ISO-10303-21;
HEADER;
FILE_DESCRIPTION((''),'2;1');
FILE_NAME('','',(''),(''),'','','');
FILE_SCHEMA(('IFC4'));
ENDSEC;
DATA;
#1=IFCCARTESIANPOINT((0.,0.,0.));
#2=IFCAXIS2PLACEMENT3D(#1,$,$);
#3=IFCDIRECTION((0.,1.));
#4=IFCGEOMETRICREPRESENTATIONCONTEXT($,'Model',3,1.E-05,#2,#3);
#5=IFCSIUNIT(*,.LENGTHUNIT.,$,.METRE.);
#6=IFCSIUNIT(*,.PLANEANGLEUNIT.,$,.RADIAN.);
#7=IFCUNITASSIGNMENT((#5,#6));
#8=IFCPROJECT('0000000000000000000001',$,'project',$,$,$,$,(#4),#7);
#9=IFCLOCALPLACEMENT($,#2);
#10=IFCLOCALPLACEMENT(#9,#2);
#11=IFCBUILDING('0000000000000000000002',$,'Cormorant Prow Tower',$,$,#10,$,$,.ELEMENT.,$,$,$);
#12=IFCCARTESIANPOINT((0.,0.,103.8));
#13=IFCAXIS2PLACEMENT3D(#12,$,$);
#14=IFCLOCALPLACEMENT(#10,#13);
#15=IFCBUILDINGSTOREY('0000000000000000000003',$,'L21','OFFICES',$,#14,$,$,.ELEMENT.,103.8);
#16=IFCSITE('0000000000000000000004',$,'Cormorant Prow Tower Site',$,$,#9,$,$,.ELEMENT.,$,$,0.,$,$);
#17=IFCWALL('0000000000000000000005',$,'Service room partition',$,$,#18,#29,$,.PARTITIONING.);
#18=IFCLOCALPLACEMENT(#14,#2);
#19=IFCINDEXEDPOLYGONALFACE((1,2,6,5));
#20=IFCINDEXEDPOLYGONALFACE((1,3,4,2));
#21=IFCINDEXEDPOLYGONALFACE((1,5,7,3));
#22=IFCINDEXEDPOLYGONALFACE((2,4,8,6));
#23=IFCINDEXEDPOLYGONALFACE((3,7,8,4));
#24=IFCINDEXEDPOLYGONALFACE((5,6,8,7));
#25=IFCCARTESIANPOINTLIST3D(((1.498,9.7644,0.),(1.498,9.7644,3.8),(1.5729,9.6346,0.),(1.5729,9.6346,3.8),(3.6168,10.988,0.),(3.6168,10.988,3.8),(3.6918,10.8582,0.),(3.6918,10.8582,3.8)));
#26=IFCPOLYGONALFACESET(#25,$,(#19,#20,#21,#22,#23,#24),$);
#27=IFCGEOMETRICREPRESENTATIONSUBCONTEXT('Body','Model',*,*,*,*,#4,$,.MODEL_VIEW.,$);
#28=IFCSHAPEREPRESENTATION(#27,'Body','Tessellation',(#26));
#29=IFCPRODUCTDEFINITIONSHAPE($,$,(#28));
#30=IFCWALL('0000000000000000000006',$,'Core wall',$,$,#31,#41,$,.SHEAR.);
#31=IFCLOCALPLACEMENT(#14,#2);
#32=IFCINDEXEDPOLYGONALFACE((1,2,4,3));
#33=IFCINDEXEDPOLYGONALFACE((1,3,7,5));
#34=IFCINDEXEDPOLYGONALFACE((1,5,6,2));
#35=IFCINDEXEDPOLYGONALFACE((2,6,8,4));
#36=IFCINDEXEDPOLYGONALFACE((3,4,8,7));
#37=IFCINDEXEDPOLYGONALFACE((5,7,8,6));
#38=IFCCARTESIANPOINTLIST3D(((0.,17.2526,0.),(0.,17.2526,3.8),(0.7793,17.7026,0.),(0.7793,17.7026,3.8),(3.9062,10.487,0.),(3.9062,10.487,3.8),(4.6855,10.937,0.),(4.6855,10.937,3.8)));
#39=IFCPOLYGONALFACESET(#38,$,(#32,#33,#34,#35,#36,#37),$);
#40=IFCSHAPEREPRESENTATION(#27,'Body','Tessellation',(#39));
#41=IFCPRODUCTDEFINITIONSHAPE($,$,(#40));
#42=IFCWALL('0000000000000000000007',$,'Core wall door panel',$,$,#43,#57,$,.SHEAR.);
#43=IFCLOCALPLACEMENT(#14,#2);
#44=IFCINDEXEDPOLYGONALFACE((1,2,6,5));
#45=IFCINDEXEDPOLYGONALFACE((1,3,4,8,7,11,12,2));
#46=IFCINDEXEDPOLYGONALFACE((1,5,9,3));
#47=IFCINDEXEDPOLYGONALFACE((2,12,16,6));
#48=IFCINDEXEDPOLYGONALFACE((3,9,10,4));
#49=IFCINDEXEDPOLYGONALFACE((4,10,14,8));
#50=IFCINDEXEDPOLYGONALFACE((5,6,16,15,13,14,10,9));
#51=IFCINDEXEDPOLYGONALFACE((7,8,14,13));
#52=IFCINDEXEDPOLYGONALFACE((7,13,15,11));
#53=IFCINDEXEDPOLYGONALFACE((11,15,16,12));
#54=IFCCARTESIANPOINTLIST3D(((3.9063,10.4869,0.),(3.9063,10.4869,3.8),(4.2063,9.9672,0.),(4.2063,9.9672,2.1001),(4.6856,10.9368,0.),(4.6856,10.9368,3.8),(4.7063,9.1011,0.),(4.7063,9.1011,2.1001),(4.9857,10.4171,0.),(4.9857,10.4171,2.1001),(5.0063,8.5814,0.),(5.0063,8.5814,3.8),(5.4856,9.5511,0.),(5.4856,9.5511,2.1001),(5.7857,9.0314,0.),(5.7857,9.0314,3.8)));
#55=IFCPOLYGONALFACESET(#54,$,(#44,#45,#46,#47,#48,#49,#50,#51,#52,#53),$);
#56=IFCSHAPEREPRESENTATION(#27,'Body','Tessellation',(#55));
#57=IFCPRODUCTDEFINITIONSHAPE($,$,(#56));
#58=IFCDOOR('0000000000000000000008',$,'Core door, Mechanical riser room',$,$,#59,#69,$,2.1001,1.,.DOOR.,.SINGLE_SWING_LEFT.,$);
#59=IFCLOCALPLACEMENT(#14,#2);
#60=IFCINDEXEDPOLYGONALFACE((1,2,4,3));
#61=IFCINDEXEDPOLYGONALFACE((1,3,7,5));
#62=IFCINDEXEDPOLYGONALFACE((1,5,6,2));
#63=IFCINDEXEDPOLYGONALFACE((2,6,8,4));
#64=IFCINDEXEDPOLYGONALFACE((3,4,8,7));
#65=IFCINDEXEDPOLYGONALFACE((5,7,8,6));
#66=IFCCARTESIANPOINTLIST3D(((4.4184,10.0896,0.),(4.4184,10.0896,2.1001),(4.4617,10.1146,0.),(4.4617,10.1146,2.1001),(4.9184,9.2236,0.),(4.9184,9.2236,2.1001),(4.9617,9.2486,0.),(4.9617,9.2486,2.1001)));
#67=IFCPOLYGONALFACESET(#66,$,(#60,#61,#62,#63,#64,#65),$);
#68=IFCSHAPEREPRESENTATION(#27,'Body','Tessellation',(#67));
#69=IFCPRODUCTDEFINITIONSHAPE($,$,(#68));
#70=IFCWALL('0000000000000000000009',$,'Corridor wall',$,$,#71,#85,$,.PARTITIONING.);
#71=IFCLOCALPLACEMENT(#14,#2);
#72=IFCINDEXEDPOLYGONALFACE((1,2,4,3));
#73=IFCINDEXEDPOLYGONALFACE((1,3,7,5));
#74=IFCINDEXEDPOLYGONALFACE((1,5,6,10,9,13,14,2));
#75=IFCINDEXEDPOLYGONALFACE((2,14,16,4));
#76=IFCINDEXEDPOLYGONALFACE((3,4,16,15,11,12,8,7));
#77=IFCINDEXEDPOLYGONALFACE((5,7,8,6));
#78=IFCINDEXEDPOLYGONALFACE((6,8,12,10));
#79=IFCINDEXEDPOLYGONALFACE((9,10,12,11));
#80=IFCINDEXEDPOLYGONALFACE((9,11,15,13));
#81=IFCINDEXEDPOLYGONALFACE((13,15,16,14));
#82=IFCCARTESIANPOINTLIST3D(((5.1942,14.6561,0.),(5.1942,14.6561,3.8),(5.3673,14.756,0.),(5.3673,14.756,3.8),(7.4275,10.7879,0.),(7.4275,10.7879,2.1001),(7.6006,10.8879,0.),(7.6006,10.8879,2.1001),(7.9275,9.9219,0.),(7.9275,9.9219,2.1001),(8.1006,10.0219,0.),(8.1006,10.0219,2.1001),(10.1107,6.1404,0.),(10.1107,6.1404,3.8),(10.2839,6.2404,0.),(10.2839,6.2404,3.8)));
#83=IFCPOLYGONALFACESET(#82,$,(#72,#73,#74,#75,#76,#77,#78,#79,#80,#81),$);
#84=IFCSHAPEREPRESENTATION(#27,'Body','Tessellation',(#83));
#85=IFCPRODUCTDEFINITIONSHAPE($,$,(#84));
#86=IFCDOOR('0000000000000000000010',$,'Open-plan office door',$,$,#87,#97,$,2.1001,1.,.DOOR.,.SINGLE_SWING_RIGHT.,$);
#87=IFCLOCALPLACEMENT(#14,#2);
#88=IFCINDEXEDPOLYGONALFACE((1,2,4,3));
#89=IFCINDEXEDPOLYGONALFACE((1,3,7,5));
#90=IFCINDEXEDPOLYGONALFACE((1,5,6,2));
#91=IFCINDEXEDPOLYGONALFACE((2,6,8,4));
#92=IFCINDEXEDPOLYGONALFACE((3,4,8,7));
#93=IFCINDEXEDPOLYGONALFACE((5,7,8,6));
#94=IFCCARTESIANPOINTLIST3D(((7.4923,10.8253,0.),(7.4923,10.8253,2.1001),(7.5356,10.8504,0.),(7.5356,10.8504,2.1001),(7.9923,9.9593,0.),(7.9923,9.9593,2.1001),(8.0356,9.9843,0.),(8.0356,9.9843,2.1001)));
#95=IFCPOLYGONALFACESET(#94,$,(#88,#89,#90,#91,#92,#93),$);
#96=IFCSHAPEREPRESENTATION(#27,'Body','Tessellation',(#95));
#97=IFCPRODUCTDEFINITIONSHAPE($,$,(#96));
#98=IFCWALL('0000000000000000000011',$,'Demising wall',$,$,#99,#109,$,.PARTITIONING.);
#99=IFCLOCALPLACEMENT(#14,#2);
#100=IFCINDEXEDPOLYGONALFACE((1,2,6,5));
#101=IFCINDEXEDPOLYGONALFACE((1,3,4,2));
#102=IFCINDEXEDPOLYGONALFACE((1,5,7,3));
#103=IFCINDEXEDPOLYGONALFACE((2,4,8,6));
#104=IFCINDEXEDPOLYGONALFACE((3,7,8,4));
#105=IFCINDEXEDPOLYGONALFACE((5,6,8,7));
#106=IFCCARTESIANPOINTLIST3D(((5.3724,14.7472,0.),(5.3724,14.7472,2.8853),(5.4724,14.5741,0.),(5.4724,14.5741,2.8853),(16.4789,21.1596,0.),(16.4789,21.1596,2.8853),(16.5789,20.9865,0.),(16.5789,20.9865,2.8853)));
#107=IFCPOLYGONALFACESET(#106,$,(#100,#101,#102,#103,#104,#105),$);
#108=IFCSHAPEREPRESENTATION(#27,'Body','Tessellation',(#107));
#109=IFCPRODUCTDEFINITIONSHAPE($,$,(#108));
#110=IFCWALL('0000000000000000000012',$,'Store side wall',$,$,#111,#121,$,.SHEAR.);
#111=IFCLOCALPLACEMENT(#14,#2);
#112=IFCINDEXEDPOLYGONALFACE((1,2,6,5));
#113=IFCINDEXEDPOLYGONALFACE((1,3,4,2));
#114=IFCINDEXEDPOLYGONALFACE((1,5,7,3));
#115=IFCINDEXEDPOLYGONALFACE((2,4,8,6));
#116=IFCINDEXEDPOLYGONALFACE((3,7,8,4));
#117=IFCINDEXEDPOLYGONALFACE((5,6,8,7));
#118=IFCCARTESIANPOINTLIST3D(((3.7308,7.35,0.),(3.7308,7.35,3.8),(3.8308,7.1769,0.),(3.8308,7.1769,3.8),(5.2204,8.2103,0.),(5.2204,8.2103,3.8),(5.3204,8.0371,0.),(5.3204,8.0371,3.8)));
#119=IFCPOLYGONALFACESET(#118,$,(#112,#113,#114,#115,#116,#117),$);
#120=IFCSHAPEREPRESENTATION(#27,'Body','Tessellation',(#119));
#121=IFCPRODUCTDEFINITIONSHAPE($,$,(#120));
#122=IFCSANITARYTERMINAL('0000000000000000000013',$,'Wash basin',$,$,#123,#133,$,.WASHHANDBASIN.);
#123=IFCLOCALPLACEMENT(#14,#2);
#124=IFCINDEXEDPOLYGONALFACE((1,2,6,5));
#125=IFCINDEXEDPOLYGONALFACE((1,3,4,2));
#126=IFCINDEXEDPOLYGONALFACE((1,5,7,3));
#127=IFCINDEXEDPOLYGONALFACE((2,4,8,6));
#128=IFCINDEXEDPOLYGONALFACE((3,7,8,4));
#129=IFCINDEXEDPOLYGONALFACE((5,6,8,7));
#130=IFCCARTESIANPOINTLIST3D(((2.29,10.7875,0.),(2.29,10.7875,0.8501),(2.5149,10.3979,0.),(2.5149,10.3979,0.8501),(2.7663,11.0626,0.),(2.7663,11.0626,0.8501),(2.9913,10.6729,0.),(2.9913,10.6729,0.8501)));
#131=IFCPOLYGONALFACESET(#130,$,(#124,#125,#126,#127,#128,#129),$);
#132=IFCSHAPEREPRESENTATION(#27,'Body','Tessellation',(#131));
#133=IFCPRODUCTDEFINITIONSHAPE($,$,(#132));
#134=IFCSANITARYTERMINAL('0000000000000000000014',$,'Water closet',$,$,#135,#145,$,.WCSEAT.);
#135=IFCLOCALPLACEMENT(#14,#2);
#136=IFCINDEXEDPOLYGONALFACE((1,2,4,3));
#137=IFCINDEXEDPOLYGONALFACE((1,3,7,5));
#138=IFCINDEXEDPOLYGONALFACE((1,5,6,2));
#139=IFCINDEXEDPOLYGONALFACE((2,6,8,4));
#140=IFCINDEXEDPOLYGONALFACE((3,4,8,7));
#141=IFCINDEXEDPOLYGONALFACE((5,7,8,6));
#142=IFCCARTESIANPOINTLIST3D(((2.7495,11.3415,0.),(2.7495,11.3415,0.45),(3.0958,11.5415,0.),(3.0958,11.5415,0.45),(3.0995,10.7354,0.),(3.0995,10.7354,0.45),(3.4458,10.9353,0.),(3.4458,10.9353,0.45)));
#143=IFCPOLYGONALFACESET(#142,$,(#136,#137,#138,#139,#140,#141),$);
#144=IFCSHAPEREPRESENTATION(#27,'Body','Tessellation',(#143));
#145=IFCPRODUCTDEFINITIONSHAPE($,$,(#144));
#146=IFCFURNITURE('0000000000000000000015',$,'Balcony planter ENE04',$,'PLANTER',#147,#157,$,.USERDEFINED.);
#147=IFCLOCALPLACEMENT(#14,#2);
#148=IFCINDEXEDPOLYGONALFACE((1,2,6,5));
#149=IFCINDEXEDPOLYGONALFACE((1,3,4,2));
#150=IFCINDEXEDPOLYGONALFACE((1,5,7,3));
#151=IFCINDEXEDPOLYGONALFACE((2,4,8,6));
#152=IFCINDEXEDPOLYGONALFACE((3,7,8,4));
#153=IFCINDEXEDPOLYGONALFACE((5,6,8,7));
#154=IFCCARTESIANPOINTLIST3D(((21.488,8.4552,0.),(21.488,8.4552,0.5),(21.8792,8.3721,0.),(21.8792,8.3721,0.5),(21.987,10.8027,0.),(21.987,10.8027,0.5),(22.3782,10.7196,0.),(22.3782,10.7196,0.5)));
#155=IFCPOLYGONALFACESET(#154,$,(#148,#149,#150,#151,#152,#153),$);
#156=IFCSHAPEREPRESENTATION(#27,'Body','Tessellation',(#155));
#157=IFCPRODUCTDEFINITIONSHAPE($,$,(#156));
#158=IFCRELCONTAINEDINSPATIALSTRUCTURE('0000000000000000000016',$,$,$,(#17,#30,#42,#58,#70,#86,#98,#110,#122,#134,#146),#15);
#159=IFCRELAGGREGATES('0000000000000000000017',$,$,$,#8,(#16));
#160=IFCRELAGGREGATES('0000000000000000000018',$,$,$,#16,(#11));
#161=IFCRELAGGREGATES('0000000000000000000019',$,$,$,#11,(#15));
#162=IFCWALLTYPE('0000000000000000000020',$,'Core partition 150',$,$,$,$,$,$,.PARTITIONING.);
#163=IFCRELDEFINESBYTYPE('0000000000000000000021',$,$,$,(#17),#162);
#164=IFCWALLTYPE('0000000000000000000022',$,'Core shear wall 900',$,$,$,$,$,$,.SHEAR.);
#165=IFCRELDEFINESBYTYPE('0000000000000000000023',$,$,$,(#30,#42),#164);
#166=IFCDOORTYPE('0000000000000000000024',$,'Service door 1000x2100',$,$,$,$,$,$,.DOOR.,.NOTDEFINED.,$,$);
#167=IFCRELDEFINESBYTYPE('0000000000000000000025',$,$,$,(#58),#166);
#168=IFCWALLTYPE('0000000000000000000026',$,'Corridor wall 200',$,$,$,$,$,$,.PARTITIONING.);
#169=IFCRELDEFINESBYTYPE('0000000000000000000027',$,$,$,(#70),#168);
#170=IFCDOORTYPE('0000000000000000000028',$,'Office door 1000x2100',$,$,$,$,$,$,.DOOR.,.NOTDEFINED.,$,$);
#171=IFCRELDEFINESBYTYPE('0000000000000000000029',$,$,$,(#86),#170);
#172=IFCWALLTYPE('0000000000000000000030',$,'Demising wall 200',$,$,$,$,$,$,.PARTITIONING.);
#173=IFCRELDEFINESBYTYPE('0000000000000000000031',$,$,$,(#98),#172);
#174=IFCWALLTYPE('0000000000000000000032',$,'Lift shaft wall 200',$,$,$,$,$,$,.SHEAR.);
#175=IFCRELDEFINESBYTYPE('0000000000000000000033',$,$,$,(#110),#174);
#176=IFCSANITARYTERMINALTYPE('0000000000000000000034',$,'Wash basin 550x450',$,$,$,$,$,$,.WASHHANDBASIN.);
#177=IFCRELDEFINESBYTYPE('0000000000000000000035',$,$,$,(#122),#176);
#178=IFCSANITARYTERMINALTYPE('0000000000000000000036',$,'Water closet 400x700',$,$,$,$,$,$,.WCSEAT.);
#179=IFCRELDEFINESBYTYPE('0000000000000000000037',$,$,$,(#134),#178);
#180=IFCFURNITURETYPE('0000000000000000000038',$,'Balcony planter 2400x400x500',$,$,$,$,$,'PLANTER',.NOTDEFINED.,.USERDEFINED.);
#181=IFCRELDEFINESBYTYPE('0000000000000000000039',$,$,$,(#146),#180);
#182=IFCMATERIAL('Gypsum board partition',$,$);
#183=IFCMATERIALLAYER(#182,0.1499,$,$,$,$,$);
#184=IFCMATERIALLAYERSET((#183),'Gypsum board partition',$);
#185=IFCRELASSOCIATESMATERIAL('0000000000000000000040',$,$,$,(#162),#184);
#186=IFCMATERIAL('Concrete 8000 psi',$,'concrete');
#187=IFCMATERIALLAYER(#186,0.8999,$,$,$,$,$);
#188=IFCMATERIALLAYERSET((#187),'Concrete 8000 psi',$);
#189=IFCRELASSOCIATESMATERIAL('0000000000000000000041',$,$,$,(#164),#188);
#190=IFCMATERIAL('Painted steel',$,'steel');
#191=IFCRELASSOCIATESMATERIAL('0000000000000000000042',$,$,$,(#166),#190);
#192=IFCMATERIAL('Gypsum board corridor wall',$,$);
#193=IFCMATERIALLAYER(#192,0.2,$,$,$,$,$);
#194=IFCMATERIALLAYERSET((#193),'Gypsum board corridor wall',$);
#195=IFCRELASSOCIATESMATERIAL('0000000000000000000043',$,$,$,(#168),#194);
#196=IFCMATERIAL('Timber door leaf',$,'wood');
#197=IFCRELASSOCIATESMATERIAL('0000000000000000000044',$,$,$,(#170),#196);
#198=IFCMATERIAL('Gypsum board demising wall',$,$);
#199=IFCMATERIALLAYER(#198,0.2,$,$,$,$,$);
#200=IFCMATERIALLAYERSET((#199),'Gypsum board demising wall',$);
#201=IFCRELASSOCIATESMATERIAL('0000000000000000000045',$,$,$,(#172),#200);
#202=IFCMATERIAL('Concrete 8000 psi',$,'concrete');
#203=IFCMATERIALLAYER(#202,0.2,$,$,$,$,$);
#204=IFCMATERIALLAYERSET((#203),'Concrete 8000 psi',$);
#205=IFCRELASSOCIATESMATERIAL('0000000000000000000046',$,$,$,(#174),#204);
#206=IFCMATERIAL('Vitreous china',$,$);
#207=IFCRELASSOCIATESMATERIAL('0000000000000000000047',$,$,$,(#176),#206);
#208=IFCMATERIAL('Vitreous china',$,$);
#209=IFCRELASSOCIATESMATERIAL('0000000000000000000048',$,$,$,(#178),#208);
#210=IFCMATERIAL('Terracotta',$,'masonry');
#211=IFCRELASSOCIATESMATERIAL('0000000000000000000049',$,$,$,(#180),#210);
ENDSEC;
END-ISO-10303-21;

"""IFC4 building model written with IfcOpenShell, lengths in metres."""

from ifc_helpers import new_model, si_unit, direction, frame, frame_2d, origin, origin_2d, place, context, subcontext, project, spatial, rectangle, extrude, material, layer, layer_set, type_object, element, fill, save


model = new_model("IFC4")

# Units and contexts
model_context = context("Model", 3, precision=1e-05, world=origin(), true_north=direction((0.0, 1.0)))
body_context = subcontext(model_context, "Body", "Model", "MODEL_VIEW")
ifc_project = project(units=[si_unit("LENGTHUNIT", "METRE"), si_unit("PLANEANGLEUNIT", "RADIAN")], contexts=[model_context])

# Site, building, storey
site_placement = place(None, origin())
site = spatial("IfcSite", under=ifc_project, at=site_placement, Name="Cormorant Prow Tower Site", CompositionType="ELEMENT", RefElevation=0.0)
building_placement = place(site_placement, origin())
building = spatial("IfcBuilding", under=site, at=building_placement, Name="Cormorant Prow Tower", CompositionType="ELEMENT")
storey_placement = place(building_placement, frame((0.0, 0.0, 103.8)))
storey = spatial("IfcBuildingStorey", under=building, at=storey_placement, Name="L21", Description="OFFICES", CompositionType="ELEMENT", Elevation=103.8)

# Walls
ifc_material_1 = material(Name="Gypsum board partition")
ifc_layer_1 = layer(ifc_material_1, 0.1499)
ifc_layer_set_1 = layer_set([ifc_layer_1], Name="Gypsum board partition")
wall_type_1 = type_object("IfcWallType", Name="Core partition 150", PredefinedType="PARTITIONING", material=ifc_layer_set_1)
wall_1_placement = place(storey_placement, frame((3.6543, 10.9231, 0.0), z_axis=(0.0, 0.0, 1.0), x_axis=(-0.865975, -0.500088, 0.0)))
element("IfcWall", 1, at=wall_1_placement, inside=storey, type_object=wall_type_1, Name="Service room partition", PredefinedType="PARTITIONING", context=body_context, shape_type="SweptSolid", body=[
    extrude(rectangle(XDim=2.4468, YDim=0.1499, at=frame_2d((1.2234, 0.0))), origin(), (0.0, 0.0, 1.0), 3.8),
])
ifc_material_2 = material(Name="Concrete 8000 psi", Category="concrete")
ifc_layer_2 = layer(ifc_material_2, 0.8999)
ifc_layer_set_2 = layer_set([ifc_layer_2], Name="Concrete 8000 psi")
wall_type_2 = type_object("IfcWallType", Name="Core shear wall 900", PredefinedType="SHEAR", material=ifc_layer_set_2)
wall_2_placement = place(storey_placement, frame((4.2959, 10.7119, 0.0), z_axis=(0.0, 0.0, 1.0), x_axis=(-0.500011, 0.866019, 0.0)))
element("IfcWall", 2, at=wall_2_placement, inside=storey, type_object=wall_type_2, Name="Core wall", PredefinedType="SHEAR", context=body_context, shape_type="SweptSolid", body=[
    extrude(rectangle(XDim=7.8123, YDim=0.8999, at=frame_2d((3.9062, 0.0))), origin(), (0.0, 0.0, 1.0), 3.8),
])

# Walls, openings, doors
wall_3_placement = place(storey_placement, frame((5.396, 8.8064, 0.0), z_axis=(0.0, 0.0, 1.0), x_axis=(-0.499982, 0.866036, 0.0)))
wall_3 = element("IfcWall", 3, at=wall_3_placement, inside=storey, type_object=wall_type_2, Name="Core wall door panel", PredefinedType="SHEAR", context=body_context, shape_type="SweptSolid", body=[
    extrude(rectangle(XDim=2.2002, YDim=0.8999, at=frame_2d((1.1001, 0.0))), origin(), (0.0, 0.0, 1.0), 3.8),
])
opening_1_placement = place(wall_3_placement, frame((0.6001, 0.0, 0.0)))
opening_1 = element("IfcOpeningElement", 4, at=opening_1_placement, cuts=wall_3, PredefinedType="OPENING", context=body_context, shape_type="SweptSolid", body=[
    extrude(rectangle(XDim=1.0, YDim=2.1001, at=frame_2d((0.5, 1.05))), frame((0.0, 0.46, 0.0), z_axis=(0.0, -1.0, 0.0), x_axis=(1.0, 0.0, 0.0)), (0.0, 0.0, 1.0), 0.9199),
])
ifc_material_3 = material(Name="Painted steel", Category="steel")
door_type_1 = type_object("IfcDoorType", Name="Service door 1000x2100", OperationType="NOTDEFINED", PredefinedType="DOOR", material=ifc_material_3)
door_1_placement = place(opening_1_placement, origin())
door_1 = element("IfcDoor", 5, at=door_1_placement, inside=storey, type_object=door_type_1, Name="Core door, Mechanical riser room", OperationType="SINGLE_SWING_LEFT", OverallHeight=2.1001, OverallWidth=1.0, PredefinedType="DOOR", context=body_context, shape_type="SweptSolid", body=[
    extrude(rectangle(XDim=1.0, YDim=2.1001, at=frame_2d((0.5, 1.05))), frame((0.0, 0.2051, 0.0), z_axis=(0.0, -1.0, 0.0), x_axis=(1.0, 0.0, 0.0)), (0.0, 0.0, 1.0), 0.05),
])
fill(opening_1, door_1)
ifc_material_4 = material(Name="Gypsum board corridor wall")
ifc_layer_3 = layer(ifc_material_4, 0.2)
ifc_layer_set_3 = layer_set([ifc_layer_3], Name="Gypsum board corridor wall")
wall_type_3 = type_object("IfcWallType", Name="Corridor wall 200", PredefinedType="PARTITIONING", material=ifc_layer_set_3)
wall_4_placement = place(storey_placement, frame((5.2808, 14.7061, 0.0), z_axis=(0.0, 0.0, 1.0), x_axis=(0.5, -0.866025, 0.0)))
wall_4 = element("IfcWall", 6, at=wall_4_placement, inside=storey, type_object=wall_type_3, Name="Corridor wall", PredefinedType="PARTITIONING", context=body_context, shape_type="SweptSolid", body=[
    extrude(rectangle(XDim=9.833, YDim=0.2, at=frame_2d((4.9165, 0.0))), origin(), (0.0, 0.0, 1.0), 3.8),
])
opening_2_placement = place(wall_4_placement, frame((4.4666, 0.0, 0.0)))
opening_2 = element("IfcOpeningElement", 7, at=opening_2_placement, cuts=wall_4, PredefinedType="OPENING", context=body_context, shape_type="SweptSolid", body=[
    extrude(rectangle(XDim=1.0, YDim=2.1001, at=frame_2d((0.5, 1.05))), frame((0.0, 0.1099, 0.0), z_axis=(0.0, -1.0, 0.0), x_axis=(1.0, 0.0, 0.0)), (0.0, 0.0, 1.0), 0.22),
])
ifc_material_5 = material(Name="Timber door leaf", Category="wood")
door_type_2 = type_object("IfcDoorType", Name="Office door 1000x2100", OperationType="NOTDEFINED", PredefinedType="DOOR", material=ifc_material_5)
door_2_placement = place(opening_2_placement, origin())
door_2 = element("IfcDoor", 8, at=door_2_placement, inside=storey, type_object=door_type_2, Name="Open-plan office door", OperationType="SINGLE_SWING_RIGHT", OverallHeight=2.1001, OverallWidth=1.0, PredefinedType="DOOR", context=body_context, shape_type="SweptSolid", body=[
    extrude(rectangle(XDim=1.0, YDim=2.1001, at=frame_2d((0.5, 1.05))), frame((0.0, 0.0249, 0.0), z_axis=(0.0, -1.0, 0.0), x_axis=(1.0, 0.0, 0.0)), (0.0, 0.0, 1.0), 0.05),
])
fill(opening_2, door_2)

# Walls
ifc_material_6 = material(Name="Gypsum board demising wall")
ifc_layer_4 = layer(ifc_material_6, 0.2)
ifc_layer_set_4 = layer_set([ifc_layer_4], Name="Gypsum board demising wall")
wall_type_4 = type_object("IfcWallType", Name="Demising wall 200", PredefinedType="PARTITIONING", material=ifc_layer_set_4)
wall_5_placement = place(storey_placement, frame((5.4224, 14.6606, 0.0), z_axis=(0.0, 0.0, 1.0), x_axis=(0.866024, 0.500003, 0.0)))
element("IfcWall", 9, at=wall_5_placement, inside=storey, type_object=wall_type_4, Name="Demising wall", PredefinedType="PARTITIONING", context=body_context, shape_type="SweptSolid", body=[
    extrude(rectangle(XDim=12.8247, YDim=0.2, at=frame_2d((6.4124, 0.0))), origin(), (0.0, 0.0, 1.0), 2.8853),
])
ifc_material_7 = material(Name="Concrete 8000 psi", Category="concrete")
ifc_layer_5 = layer(ifc_material_7, 0.2)
ifc_layer_set_5 = layer_set([ifc_layer_5], Name="Concrete 8000 psi")
wall_type_5 = type_object("IfcWallType", Name="Lift shaft wall 200", PredefinedType="SHEAR", material=ifc_layer_set_5)
wall_6_placement = place(storey_placement, frame((3.7808, 7.2634, 0.0), z_axis=(0.0, 0.0, 1.0), x_axis=(0.865963, 0.500107, 0.0)))
element("IfcWall", 10, at=wall_6_placement, inside=storey, type_object=wall_type_5, Name="Store side wall", PredefinedType="SHEAR", context=body_context, shape_type="SweptSolid", body=[
    extrude(rectangle(XDim=1.7202, YDim=0.2, at=frame_2d((0.8601, 0.0))), origin(), (0.0, 0.0, 1.0), 3.8),
])

# Sanitary terminals
ifc_material_8 = material(Name="Vitreous china")
sanitary_terminal_type_1 = type_object("IfcSanitaryTerminalType", Name="Wash basin 550x450", PredefinedType="WASHHANDBASIN", material=ifc_material_8)
sanitary_terminal_1_placement = place(storey_placement, frame((2.6406, 10.7302, 0.0), z_axis=(0.0, 0.0, 1.0), x_axis=(0.866025, 0.5, 0.0)))
element("IfcSanitaryTerminal", 11, at=sanitary_terminal_1_placement, inside=storey, type_object=sanitary_terminal_type_1, Name="Wash basin", PredefinedType="WASHHANDBASIN", context=body_context, shape_type="SweptSolid", body=[
    extrude(rectangle(XDim=0.55, YDim=0.45, at=origin_2d()), origin(), (0.0, 0.0, 1.0), 0.8501),
])
ifc_material_9 = material(Name="Vitreous china")
sanitary_terminal_type_2 = type_object("IfcSanitaryTerminalType", Name="Water closet 400x700", PredefinedType="WCSEAT", material=ifc_material_9)
sanitary_terminal_2_placement = place(storey_placement, frame((3.0977, 11.1384, 0.0), z_axis=(0.0, 0.0, 1.0), x_axis=(0.866025, 0.5, 0.0)))
element("IfcSanitaryTerminal", 12, at=sanitary_terminal_2_placement, inside=storey, type_object=sanitary_terminal_type_2, Name="Water closet", PredefinedType="WCSEAT", context=body_context, shape_type="SweptSolid", body=[
    extrude(rectangle(XDim=0.3999, YDim=0.7, at=origin_2d()), origin(), (0.0, 0.0, 1.0), 0.45),
])

# Furniture
ifc_material_10 = material(Name="Terracotta", Category="masonry")
furniture_type = type_object("IfcFurnitureType", Name="Balcony planter 2400x400x500", ElementType="PLANTER", AssemblyPlace="NOTDEFINED", PredefinedType="USERDEFINED", material=ifc_material_10)
furniture_placement = place(storey_placement, frame((21.9331, 9.5874, 0.0), z_axis=(0.0, 0.0, 1.0), x_axis=(0.207912, 0.978148, 0.0)))
element("IfcFurniture", 13, at=furniture_placement, inside=storey, type_object=furniture_type, Name="Balcony planter ENE04", ObjectType="PLANTER", PredefinedType="USERDEFINED", context=body_context, shape_type="SweptSolid", body=[
    extrude(rectangle(XDim=2.3999, YDim=0.3999, at=origin_2d()), origin(), (0.0, 0.0, 1.0), 0.5),
])

save(model, "model.ifc")
